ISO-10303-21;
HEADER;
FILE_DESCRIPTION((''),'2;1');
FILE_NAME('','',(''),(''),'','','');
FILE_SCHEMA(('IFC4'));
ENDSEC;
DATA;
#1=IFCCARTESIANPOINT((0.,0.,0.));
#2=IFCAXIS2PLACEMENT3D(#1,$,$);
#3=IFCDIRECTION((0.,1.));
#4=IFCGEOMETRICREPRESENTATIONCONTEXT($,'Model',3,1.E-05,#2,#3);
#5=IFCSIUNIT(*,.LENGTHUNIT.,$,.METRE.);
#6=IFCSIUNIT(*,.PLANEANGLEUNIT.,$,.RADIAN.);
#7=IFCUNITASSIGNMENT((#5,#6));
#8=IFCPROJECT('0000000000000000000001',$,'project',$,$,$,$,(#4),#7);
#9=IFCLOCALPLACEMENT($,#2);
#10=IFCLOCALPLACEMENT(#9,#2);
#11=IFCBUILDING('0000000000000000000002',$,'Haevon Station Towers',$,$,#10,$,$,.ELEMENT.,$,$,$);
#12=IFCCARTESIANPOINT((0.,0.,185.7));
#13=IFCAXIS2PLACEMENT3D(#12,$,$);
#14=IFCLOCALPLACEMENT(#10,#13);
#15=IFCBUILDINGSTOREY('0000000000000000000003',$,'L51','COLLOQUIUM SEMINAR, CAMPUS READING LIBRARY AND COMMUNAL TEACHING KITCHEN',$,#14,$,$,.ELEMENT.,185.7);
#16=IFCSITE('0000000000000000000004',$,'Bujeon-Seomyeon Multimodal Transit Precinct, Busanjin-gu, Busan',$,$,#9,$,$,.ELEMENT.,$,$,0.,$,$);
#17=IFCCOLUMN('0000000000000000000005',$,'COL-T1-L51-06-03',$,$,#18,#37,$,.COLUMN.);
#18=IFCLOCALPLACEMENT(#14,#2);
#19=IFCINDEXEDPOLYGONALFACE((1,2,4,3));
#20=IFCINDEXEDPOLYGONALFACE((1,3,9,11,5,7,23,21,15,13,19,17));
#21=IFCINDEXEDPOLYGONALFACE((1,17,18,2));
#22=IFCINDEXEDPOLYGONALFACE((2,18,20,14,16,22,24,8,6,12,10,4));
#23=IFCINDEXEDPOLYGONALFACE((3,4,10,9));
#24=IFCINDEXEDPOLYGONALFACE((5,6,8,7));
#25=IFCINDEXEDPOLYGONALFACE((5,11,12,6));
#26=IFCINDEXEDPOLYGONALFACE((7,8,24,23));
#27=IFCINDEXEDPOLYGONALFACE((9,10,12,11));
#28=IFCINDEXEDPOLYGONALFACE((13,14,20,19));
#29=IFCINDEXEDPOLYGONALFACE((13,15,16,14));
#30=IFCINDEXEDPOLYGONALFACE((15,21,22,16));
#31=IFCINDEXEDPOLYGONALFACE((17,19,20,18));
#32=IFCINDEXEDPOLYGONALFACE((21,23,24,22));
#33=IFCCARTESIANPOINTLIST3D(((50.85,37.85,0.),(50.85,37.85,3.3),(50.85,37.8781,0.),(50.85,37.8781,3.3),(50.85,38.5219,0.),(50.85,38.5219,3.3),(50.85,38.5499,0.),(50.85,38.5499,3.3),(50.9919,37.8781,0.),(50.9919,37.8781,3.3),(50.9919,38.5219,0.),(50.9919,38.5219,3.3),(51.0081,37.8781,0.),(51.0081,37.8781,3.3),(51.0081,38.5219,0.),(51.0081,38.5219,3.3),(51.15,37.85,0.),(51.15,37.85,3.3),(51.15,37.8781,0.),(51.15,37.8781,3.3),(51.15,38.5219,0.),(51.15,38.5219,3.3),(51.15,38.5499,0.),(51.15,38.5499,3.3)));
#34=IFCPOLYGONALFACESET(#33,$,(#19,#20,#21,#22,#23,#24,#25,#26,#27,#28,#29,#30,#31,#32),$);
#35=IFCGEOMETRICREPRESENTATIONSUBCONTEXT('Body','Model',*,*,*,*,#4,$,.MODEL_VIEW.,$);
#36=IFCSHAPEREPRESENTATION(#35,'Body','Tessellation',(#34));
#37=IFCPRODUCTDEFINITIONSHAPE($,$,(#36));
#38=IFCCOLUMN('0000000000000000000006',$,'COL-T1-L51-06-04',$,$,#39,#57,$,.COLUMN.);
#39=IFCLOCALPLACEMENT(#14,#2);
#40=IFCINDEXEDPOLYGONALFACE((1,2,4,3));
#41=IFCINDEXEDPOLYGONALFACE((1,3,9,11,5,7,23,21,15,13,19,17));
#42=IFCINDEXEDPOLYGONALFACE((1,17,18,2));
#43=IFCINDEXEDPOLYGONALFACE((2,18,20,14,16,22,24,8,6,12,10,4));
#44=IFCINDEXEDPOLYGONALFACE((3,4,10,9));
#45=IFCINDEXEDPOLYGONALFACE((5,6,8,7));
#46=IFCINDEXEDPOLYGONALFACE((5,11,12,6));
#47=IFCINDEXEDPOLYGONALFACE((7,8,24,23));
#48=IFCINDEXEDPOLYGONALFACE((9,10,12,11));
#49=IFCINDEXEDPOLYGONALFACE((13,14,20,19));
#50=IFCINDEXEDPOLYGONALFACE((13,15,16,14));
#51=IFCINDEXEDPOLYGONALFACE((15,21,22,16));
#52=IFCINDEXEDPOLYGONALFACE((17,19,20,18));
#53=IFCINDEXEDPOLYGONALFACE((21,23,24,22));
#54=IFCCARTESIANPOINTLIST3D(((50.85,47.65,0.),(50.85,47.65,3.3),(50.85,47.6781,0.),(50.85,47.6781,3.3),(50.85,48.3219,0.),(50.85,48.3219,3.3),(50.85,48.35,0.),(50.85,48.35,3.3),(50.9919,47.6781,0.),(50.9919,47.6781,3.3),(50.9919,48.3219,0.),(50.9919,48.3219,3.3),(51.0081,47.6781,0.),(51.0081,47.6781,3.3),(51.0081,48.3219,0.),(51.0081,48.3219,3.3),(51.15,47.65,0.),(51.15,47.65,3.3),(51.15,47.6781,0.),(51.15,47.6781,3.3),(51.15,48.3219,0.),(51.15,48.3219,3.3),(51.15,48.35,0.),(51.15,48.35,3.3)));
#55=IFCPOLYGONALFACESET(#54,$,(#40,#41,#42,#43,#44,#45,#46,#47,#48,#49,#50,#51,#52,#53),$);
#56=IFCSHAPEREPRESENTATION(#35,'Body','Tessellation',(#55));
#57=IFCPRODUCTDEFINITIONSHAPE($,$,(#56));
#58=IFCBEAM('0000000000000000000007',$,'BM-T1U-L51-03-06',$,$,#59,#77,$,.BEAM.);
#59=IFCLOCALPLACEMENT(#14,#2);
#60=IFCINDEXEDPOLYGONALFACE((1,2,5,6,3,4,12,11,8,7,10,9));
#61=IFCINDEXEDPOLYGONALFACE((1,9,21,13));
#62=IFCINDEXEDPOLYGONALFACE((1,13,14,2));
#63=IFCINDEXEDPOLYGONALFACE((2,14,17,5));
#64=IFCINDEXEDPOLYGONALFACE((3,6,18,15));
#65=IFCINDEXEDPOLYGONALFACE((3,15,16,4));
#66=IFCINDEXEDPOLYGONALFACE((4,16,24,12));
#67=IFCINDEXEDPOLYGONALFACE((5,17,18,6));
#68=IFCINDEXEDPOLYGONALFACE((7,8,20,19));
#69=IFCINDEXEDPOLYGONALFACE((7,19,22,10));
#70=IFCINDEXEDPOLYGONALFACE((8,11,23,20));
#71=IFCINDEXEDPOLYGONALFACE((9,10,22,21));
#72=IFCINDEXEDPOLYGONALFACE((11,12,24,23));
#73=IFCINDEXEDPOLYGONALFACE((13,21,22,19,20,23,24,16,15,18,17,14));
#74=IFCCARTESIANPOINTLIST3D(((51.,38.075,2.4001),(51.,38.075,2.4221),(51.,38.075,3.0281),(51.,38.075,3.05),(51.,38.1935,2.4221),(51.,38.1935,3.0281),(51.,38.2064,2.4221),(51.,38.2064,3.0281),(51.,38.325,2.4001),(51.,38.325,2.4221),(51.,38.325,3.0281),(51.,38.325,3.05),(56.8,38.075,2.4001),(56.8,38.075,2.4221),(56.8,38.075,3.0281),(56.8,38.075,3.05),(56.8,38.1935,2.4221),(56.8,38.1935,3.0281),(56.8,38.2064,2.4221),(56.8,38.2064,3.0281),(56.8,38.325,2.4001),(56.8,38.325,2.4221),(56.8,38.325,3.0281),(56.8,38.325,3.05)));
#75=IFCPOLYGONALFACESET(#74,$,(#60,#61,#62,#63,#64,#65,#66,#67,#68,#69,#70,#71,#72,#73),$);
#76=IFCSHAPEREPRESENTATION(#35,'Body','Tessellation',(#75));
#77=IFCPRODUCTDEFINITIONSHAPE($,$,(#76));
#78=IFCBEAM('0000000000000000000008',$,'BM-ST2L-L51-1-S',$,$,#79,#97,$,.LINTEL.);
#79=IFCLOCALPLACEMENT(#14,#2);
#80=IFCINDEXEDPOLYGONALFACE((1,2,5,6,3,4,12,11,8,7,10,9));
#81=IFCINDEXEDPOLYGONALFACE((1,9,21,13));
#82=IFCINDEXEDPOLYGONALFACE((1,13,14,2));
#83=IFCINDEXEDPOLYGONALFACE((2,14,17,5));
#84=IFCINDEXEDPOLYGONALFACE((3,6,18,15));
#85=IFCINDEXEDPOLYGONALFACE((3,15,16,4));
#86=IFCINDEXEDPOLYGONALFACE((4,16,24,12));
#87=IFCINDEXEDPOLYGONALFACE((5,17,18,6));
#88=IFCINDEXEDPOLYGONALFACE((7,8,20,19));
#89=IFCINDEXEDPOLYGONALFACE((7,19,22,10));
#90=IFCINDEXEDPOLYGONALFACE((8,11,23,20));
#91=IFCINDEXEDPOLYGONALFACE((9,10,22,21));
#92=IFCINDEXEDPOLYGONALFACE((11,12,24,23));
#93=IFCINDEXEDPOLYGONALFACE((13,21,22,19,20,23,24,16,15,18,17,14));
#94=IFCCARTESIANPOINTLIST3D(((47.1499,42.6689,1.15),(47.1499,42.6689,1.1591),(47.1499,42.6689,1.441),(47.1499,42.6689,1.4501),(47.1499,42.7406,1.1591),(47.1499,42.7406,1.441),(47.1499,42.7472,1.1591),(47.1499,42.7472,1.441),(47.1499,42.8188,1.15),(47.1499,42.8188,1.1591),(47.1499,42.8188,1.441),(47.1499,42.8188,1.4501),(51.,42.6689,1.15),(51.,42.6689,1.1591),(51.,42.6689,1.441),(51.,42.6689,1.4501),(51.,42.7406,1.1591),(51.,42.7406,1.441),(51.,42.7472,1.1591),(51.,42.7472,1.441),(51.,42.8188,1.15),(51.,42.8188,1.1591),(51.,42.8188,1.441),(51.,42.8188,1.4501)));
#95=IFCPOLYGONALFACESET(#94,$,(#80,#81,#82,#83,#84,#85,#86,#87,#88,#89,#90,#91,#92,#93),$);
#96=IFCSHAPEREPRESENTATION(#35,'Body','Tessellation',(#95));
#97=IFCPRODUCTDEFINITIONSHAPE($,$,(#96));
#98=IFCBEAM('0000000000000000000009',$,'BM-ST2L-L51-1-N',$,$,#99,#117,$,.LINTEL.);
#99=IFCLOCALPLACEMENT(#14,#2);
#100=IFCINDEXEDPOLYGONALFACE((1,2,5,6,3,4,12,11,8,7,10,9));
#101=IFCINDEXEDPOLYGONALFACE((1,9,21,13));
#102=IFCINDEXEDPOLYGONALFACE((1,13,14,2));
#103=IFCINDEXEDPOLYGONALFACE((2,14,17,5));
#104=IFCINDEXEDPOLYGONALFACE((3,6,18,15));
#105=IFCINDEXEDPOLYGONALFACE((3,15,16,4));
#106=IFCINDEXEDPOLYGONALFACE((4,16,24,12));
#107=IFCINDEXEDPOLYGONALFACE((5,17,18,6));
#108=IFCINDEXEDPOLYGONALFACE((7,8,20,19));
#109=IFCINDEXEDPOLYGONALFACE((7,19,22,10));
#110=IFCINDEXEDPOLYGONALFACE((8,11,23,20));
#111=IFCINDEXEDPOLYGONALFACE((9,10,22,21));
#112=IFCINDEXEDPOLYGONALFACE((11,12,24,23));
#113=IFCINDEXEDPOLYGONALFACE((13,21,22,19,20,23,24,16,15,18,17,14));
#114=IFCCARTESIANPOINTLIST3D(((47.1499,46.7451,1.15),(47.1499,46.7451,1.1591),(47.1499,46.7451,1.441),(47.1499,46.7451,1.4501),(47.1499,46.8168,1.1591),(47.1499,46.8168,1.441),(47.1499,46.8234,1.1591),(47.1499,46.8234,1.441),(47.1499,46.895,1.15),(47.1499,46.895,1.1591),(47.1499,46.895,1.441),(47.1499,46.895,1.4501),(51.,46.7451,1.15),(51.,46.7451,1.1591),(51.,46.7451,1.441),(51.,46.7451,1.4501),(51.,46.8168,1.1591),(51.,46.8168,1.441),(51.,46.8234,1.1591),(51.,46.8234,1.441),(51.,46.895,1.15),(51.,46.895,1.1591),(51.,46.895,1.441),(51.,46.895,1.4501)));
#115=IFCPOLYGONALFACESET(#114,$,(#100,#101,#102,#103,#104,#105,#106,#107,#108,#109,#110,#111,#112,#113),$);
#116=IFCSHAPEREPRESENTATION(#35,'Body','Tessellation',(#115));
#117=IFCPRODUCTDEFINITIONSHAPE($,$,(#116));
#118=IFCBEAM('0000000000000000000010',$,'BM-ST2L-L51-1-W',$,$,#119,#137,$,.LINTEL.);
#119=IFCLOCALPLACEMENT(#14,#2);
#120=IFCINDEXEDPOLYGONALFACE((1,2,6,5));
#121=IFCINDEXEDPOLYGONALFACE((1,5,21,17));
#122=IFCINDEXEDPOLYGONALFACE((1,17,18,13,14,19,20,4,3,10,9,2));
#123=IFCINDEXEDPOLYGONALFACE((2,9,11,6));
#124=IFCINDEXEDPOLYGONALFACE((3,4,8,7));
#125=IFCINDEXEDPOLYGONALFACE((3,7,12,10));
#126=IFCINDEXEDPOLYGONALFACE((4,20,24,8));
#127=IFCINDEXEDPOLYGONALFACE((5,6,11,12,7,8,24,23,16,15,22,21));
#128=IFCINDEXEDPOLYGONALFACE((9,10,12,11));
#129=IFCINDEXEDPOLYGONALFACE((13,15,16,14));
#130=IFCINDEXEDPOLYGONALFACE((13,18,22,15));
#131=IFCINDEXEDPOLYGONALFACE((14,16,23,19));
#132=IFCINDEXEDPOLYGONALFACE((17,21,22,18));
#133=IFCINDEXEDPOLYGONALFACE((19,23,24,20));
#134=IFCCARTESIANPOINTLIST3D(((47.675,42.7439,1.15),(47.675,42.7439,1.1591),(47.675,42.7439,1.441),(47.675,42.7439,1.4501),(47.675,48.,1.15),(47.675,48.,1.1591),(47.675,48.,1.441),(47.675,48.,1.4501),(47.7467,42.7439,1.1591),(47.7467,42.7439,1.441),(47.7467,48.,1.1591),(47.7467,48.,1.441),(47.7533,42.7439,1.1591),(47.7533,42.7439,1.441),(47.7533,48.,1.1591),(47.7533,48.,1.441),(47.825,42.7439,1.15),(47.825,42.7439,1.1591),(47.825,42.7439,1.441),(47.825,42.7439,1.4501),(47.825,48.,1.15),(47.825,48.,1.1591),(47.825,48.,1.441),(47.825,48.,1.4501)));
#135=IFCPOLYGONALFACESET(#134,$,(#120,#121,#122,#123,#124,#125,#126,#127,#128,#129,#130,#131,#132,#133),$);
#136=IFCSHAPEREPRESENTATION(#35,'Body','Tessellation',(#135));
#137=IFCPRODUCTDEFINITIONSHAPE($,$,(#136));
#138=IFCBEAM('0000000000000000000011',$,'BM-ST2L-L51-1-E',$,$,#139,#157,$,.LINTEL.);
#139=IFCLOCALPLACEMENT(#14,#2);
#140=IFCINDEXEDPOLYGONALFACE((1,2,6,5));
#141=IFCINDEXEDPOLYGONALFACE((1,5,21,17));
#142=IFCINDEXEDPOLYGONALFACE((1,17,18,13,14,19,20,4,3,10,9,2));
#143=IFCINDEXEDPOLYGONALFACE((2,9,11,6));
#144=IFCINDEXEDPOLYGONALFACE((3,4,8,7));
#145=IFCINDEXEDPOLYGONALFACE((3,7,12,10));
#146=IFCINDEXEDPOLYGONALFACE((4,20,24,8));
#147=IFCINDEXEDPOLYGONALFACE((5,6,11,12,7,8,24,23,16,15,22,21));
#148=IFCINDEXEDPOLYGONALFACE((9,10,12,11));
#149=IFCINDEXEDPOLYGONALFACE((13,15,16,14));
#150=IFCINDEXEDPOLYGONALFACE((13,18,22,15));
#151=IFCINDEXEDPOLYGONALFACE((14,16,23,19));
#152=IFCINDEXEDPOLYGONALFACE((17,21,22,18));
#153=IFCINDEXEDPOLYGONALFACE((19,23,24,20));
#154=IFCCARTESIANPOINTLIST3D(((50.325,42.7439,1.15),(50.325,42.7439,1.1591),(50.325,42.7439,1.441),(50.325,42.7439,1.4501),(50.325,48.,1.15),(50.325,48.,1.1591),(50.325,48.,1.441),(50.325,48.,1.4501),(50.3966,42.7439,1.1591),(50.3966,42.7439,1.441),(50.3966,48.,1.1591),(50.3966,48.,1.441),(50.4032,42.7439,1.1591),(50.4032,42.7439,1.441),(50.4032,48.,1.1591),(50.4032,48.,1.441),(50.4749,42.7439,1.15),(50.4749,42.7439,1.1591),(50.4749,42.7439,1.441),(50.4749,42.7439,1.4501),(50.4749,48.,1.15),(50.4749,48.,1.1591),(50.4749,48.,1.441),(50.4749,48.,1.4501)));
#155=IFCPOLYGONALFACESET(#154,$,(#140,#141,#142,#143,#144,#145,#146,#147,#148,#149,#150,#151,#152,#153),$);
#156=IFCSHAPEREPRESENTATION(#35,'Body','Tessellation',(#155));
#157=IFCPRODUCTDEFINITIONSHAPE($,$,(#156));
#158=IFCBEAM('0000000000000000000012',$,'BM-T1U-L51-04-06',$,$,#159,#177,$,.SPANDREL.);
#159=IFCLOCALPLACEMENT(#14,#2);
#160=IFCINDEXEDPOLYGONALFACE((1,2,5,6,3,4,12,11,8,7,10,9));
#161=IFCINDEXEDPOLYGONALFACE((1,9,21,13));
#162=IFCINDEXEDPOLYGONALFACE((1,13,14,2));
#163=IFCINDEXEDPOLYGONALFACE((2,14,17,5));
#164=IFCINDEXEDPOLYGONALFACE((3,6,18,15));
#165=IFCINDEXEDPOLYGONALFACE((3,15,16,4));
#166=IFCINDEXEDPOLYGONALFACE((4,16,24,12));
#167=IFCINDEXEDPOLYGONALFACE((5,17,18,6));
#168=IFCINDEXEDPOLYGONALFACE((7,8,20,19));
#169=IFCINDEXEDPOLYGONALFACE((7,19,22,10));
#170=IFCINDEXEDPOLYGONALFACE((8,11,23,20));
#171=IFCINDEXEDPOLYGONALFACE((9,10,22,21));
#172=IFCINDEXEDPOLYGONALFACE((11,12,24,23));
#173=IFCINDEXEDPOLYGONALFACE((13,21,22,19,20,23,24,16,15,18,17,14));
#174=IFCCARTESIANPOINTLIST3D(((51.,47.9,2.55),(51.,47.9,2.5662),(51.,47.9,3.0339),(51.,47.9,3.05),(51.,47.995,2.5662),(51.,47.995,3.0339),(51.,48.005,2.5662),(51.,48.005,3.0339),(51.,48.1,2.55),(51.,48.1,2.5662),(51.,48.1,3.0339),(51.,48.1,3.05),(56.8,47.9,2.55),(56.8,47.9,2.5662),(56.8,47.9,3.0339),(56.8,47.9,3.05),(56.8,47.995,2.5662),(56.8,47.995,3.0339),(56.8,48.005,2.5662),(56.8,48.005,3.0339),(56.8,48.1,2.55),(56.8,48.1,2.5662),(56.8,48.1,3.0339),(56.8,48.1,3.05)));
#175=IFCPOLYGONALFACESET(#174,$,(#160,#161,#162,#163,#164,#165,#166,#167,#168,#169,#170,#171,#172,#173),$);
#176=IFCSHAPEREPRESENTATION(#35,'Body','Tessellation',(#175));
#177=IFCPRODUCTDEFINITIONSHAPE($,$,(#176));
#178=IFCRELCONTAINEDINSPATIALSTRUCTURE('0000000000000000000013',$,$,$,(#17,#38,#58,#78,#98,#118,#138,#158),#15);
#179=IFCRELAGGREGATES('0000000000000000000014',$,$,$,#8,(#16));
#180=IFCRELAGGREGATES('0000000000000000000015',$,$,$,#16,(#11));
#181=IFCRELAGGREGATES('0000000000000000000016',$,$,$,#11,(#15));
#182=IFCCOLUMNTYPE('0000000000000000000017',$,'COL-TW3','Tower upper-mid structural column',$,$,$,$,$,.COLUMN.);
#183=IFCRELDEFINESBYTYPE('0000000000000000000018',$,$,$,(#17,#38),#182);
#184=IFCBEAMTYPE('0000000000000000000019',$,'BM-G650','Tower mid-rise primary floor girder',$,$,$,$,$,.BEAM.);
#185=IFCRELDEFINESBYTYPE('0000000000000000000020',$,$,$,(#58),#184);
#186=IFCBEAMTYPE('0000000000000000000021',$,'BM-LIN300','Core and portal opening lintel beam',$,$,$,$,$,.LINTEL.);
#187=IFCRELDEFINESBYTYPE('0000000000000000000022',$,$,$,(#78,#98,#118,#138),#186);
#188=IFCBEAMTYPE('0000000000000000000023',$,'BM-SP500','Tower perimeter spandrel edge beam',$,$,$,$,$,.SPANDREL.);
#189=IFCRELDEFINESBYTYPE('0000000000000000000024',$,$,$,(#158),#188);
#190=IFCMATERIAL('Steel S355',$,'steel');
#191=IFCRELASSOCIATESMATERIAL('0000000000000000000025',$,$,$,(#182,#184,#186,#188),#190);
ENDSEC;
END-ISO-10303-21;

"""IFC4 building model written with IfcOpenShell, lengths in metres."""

from ifc_helpers import new_model, si_unit, direction, frame, origin, origin_2d, place, context, subcontext, project, spatial, i_section, extrude, material, material_profile, profile_set, type_object, element, save


model = new_model("IFC4")

# Units and contexts
model_context = context("Model", 3, precision=1e-05, world=origin(), true_north=direction((0.0, 1.0)))
body_context = subcontext(model_context, "Body", "Model", "MODEL_VIEW")
ifc_project = project(units=[si_unit("LENGTHUNIT", "METRE"), si_unit("PLANEANGLEUNIT", "RADIAN")], contexts=[model_context])

# Site, building, storey
site_placement = place(None, origin())
site = spatial("IfcSite", under=ifc_project, at=site_placement, Name="Bujeon-Seomyeon Multimodal Transit Precinct, Busanjin-gu, Busan", CompositionType="ELEMENT", RefElevation=0.0)
building_placement = place(site_placement, origin())
building = spatial("IfcBuilding", under=site, at=building_placement, Name="Haevon Station Towers", CompositionType="ELEMENT")
storey_placement = place(building_placement, frame((0.0, 0.0, 185.7)))
storey = spatial("IfcBuildingStorey", under=building, at=storey_placement, Name="L51", Description="COLLOQUIUM SEMINAR, CAMPUS READING LIBRARY AND COMMUNAL TEACHING KITCHEN", CompositionType="ELEMENT", Elevation=185.7)

# Columns
ifc_material_1 = material(Name="Steel S355", Category="steel")
ifc_material_profile_1 = material_profile(ifc_material_1, i_section(OverallWidth=0.3, OverallDepth=0.7, WebThickness=0.0161, FlangeThickness=0.0281, at=origin_2d()), Name="H-700x300x16x28")
ifc_profile_set_1 = profile_set([ifc_material_profile_1], Name="Steel S355")
column_type = type_object("IfcColumnType", Name="COL-TW3", Description="Tower upper-mid structural column", PredefinedType="COLUMN", material=ifc_profile_set_1)
for number, where, z_axis, x_axis, name in (
    (1, (51.0, 38.2, 0.0), (0.0, 0.0, 1.0), (1.0, 0.0, 0.0), "COL-T1-L51-06-03"),
    (2, (51.0, 48.0, 0.0), (0.0, 0.0, 1.0), (1.0, 0.0, 0.0), "COL-T1-L51-06-04"),
):
    element("IfcColumn", number, at=place(storey_placement, frame(where, z_axis=z_axis, x_axis=x_axis)), inside=storey, type_object=column_type, Name=name, PredefinedType="COLUMN", context=body_context, shape_type="SweptSolid", body=[
        extrude(i_section(OverallWidth=0.3, OverallDepth=0.7, WebThickness=0.0161, FlangeThickness=0.0281, at=origin_2d()), origin(), (0.0, 0.0, 1.0), 3.3),
    ])

# Beams
ifc_material_profile_2 = material_profile(ifc_material_1, i_section(OverallWidth=0.25, OverallDepth=0.6499, WebThickness=0.0129, FlangeThickness=0.022, at=origin_2d()), Name="H-650x250x13x22")
ifc_profile_set_2 = profile_set([ifc_material_profile_2], Name="Steel S355")
beam_type_1 = type_object("IfcBeamType", Name="BM-G650", Description="Tower mid-rise primary floor girder", PredefinedType="BEAM", material=ifc_profile_set_2)
beam_1_placement = place(storey_placement, frame((51.0, 38.2, 2.7251), z_axis=(1.0, 0.0, 0.0), x_axis=(0.0, 1.0, 0.0)))
element("IfcBeam", 3, at=beam_1_placement, inside=storey, type_object=beam_type_1, Name="BM-T1U-L51-03-06", PredefinedType="BEAM", context=body_context, shape_type="SweptSolid", body=[
    extrude(i_section(OverallWidth=0.25, OverallDepth=0.6499, WebThickness=0.0129, FlangeThickness=0.022, at=origin_2d()), origin(), (0.0, 0.0, 1.0), 5.8),
])
ifc_material_profile_3 = material_profile(ifc_material_1, i_section(OverallWidth=0.1499, OverallDepth=0.3, WebThickness=0.0066, FlangeThickness=0.009, at=origin_2d()), Name="H-300x150x6.5x9")
ifc_profile_set_3 = profile_set([ifc_material_profile_3], Name="Steel S355")
beam_type_2 = type_object("IfcBeamType", Name="BM-LIN300", Description="Core and portal opening lintel beam", PredefinedType="LINTEL", material=ifc_profile_set_3)
for number, where, z_axis, x_axis, name in (
    (4, (47.1499, 42.7439, 1.3), (1.0, 0.0, 0.0), (0.0, 1.0, 0.0), "BM-ST2L-L51-1-S"),
    (5, (47.1499, 46.8201, 1.3), (1.0, 0.0, 0.0), (0.0, 1.0, 0.0), "BM-ST2L-L51-1-N"),
):
    element("IfcBeam", number, at=place(storey_placement, frame(where, z_axis=z_axis, x_axis=x_axis)), inside=storey, type_object=beam_type_2, Name=name, PredefinedType="LINTEL", context=body_context, shape_type="SweptSolid", body=[
        extrude(i_section(OverallWidth=0.1499, OverallDepth=0.3, WebThickness=0.0066, FlangeThickness=0.009, at=origin_2d()), origin(), (0.0, 0.0, 1.0), 3.8501),
    ])
for number, where, z_axis, x_axis, name in (
    (6, (47.75, 42.7439, 1.3), (0.0, 1.0, 0.0), (-1.0, 0.0, 0.0), "BM-ST2L-L51-1-W"),
    (7, (50.3999, 42.7439, 1.3), (0.0, 1.0, 0.0), (-1.0, 0.0, 0.0), "BM-ST2L-L51-1-E"),
):
    element("IfcBeam", number, at=place(storey_placement, frame(where, z_axis=z_axis, x_axis=x_axis)), inside=storey, type_object=beam_type_2, Name=name, PredefinedType="LINTEL", context=body_context, shape_type="SweptSolid", body=[
        extrude(i_section(OverallWidth=0.1499, OverallDepth=0.3, WebThickness=0.0066, FlangeThickness=0.009, at=origin_2d()), origin(), (0.0, 0.0, 1.0), 5.2561),
    ])
ifc_material_profile_4 = material_profile(ifc_material_1, i_section(OverallWidth=0.2, OverallDepth=0.5, WebThickness=0.01, FlangeThickness=0.0161, at=origin_2d()), Name="H-500x200x10x16")
ifc_profile_set_4 = profile_set([ifc_material_profile_4], Name="Steel S355")
beam_type_3 = type_object("IfcBeamType", Name="BM-SP500", Description="Tower perimeter spandrel edge beam", PredefinedType="SPANDREL", material=ifc_profile_set_4)
beam_2_placement = place(storey_placement, frame((51.0, 48.0, 2.8), z_axis=(1.0, 0.0, 0.0), x_axis=(0.0, 1.0, 0.0)))
element("IfcBeam", 8, at=beam_2_placement, inside=storey, type_object=beam_type_3, Name="BM-T1U-L51-04-06", PredefinedType="SPANDREL", context=body_context, shape_type="SweptSolid", body=[
    extrude(i_section(OverallWidth=0.2, OverallDepth=0.5, WebThickness=0.01, FlangeThickness=0.0161, at=origin_2d()), origin(), (0.0, 0.0, 1.0), 5.8),
])

save(model, "model.ifc")
